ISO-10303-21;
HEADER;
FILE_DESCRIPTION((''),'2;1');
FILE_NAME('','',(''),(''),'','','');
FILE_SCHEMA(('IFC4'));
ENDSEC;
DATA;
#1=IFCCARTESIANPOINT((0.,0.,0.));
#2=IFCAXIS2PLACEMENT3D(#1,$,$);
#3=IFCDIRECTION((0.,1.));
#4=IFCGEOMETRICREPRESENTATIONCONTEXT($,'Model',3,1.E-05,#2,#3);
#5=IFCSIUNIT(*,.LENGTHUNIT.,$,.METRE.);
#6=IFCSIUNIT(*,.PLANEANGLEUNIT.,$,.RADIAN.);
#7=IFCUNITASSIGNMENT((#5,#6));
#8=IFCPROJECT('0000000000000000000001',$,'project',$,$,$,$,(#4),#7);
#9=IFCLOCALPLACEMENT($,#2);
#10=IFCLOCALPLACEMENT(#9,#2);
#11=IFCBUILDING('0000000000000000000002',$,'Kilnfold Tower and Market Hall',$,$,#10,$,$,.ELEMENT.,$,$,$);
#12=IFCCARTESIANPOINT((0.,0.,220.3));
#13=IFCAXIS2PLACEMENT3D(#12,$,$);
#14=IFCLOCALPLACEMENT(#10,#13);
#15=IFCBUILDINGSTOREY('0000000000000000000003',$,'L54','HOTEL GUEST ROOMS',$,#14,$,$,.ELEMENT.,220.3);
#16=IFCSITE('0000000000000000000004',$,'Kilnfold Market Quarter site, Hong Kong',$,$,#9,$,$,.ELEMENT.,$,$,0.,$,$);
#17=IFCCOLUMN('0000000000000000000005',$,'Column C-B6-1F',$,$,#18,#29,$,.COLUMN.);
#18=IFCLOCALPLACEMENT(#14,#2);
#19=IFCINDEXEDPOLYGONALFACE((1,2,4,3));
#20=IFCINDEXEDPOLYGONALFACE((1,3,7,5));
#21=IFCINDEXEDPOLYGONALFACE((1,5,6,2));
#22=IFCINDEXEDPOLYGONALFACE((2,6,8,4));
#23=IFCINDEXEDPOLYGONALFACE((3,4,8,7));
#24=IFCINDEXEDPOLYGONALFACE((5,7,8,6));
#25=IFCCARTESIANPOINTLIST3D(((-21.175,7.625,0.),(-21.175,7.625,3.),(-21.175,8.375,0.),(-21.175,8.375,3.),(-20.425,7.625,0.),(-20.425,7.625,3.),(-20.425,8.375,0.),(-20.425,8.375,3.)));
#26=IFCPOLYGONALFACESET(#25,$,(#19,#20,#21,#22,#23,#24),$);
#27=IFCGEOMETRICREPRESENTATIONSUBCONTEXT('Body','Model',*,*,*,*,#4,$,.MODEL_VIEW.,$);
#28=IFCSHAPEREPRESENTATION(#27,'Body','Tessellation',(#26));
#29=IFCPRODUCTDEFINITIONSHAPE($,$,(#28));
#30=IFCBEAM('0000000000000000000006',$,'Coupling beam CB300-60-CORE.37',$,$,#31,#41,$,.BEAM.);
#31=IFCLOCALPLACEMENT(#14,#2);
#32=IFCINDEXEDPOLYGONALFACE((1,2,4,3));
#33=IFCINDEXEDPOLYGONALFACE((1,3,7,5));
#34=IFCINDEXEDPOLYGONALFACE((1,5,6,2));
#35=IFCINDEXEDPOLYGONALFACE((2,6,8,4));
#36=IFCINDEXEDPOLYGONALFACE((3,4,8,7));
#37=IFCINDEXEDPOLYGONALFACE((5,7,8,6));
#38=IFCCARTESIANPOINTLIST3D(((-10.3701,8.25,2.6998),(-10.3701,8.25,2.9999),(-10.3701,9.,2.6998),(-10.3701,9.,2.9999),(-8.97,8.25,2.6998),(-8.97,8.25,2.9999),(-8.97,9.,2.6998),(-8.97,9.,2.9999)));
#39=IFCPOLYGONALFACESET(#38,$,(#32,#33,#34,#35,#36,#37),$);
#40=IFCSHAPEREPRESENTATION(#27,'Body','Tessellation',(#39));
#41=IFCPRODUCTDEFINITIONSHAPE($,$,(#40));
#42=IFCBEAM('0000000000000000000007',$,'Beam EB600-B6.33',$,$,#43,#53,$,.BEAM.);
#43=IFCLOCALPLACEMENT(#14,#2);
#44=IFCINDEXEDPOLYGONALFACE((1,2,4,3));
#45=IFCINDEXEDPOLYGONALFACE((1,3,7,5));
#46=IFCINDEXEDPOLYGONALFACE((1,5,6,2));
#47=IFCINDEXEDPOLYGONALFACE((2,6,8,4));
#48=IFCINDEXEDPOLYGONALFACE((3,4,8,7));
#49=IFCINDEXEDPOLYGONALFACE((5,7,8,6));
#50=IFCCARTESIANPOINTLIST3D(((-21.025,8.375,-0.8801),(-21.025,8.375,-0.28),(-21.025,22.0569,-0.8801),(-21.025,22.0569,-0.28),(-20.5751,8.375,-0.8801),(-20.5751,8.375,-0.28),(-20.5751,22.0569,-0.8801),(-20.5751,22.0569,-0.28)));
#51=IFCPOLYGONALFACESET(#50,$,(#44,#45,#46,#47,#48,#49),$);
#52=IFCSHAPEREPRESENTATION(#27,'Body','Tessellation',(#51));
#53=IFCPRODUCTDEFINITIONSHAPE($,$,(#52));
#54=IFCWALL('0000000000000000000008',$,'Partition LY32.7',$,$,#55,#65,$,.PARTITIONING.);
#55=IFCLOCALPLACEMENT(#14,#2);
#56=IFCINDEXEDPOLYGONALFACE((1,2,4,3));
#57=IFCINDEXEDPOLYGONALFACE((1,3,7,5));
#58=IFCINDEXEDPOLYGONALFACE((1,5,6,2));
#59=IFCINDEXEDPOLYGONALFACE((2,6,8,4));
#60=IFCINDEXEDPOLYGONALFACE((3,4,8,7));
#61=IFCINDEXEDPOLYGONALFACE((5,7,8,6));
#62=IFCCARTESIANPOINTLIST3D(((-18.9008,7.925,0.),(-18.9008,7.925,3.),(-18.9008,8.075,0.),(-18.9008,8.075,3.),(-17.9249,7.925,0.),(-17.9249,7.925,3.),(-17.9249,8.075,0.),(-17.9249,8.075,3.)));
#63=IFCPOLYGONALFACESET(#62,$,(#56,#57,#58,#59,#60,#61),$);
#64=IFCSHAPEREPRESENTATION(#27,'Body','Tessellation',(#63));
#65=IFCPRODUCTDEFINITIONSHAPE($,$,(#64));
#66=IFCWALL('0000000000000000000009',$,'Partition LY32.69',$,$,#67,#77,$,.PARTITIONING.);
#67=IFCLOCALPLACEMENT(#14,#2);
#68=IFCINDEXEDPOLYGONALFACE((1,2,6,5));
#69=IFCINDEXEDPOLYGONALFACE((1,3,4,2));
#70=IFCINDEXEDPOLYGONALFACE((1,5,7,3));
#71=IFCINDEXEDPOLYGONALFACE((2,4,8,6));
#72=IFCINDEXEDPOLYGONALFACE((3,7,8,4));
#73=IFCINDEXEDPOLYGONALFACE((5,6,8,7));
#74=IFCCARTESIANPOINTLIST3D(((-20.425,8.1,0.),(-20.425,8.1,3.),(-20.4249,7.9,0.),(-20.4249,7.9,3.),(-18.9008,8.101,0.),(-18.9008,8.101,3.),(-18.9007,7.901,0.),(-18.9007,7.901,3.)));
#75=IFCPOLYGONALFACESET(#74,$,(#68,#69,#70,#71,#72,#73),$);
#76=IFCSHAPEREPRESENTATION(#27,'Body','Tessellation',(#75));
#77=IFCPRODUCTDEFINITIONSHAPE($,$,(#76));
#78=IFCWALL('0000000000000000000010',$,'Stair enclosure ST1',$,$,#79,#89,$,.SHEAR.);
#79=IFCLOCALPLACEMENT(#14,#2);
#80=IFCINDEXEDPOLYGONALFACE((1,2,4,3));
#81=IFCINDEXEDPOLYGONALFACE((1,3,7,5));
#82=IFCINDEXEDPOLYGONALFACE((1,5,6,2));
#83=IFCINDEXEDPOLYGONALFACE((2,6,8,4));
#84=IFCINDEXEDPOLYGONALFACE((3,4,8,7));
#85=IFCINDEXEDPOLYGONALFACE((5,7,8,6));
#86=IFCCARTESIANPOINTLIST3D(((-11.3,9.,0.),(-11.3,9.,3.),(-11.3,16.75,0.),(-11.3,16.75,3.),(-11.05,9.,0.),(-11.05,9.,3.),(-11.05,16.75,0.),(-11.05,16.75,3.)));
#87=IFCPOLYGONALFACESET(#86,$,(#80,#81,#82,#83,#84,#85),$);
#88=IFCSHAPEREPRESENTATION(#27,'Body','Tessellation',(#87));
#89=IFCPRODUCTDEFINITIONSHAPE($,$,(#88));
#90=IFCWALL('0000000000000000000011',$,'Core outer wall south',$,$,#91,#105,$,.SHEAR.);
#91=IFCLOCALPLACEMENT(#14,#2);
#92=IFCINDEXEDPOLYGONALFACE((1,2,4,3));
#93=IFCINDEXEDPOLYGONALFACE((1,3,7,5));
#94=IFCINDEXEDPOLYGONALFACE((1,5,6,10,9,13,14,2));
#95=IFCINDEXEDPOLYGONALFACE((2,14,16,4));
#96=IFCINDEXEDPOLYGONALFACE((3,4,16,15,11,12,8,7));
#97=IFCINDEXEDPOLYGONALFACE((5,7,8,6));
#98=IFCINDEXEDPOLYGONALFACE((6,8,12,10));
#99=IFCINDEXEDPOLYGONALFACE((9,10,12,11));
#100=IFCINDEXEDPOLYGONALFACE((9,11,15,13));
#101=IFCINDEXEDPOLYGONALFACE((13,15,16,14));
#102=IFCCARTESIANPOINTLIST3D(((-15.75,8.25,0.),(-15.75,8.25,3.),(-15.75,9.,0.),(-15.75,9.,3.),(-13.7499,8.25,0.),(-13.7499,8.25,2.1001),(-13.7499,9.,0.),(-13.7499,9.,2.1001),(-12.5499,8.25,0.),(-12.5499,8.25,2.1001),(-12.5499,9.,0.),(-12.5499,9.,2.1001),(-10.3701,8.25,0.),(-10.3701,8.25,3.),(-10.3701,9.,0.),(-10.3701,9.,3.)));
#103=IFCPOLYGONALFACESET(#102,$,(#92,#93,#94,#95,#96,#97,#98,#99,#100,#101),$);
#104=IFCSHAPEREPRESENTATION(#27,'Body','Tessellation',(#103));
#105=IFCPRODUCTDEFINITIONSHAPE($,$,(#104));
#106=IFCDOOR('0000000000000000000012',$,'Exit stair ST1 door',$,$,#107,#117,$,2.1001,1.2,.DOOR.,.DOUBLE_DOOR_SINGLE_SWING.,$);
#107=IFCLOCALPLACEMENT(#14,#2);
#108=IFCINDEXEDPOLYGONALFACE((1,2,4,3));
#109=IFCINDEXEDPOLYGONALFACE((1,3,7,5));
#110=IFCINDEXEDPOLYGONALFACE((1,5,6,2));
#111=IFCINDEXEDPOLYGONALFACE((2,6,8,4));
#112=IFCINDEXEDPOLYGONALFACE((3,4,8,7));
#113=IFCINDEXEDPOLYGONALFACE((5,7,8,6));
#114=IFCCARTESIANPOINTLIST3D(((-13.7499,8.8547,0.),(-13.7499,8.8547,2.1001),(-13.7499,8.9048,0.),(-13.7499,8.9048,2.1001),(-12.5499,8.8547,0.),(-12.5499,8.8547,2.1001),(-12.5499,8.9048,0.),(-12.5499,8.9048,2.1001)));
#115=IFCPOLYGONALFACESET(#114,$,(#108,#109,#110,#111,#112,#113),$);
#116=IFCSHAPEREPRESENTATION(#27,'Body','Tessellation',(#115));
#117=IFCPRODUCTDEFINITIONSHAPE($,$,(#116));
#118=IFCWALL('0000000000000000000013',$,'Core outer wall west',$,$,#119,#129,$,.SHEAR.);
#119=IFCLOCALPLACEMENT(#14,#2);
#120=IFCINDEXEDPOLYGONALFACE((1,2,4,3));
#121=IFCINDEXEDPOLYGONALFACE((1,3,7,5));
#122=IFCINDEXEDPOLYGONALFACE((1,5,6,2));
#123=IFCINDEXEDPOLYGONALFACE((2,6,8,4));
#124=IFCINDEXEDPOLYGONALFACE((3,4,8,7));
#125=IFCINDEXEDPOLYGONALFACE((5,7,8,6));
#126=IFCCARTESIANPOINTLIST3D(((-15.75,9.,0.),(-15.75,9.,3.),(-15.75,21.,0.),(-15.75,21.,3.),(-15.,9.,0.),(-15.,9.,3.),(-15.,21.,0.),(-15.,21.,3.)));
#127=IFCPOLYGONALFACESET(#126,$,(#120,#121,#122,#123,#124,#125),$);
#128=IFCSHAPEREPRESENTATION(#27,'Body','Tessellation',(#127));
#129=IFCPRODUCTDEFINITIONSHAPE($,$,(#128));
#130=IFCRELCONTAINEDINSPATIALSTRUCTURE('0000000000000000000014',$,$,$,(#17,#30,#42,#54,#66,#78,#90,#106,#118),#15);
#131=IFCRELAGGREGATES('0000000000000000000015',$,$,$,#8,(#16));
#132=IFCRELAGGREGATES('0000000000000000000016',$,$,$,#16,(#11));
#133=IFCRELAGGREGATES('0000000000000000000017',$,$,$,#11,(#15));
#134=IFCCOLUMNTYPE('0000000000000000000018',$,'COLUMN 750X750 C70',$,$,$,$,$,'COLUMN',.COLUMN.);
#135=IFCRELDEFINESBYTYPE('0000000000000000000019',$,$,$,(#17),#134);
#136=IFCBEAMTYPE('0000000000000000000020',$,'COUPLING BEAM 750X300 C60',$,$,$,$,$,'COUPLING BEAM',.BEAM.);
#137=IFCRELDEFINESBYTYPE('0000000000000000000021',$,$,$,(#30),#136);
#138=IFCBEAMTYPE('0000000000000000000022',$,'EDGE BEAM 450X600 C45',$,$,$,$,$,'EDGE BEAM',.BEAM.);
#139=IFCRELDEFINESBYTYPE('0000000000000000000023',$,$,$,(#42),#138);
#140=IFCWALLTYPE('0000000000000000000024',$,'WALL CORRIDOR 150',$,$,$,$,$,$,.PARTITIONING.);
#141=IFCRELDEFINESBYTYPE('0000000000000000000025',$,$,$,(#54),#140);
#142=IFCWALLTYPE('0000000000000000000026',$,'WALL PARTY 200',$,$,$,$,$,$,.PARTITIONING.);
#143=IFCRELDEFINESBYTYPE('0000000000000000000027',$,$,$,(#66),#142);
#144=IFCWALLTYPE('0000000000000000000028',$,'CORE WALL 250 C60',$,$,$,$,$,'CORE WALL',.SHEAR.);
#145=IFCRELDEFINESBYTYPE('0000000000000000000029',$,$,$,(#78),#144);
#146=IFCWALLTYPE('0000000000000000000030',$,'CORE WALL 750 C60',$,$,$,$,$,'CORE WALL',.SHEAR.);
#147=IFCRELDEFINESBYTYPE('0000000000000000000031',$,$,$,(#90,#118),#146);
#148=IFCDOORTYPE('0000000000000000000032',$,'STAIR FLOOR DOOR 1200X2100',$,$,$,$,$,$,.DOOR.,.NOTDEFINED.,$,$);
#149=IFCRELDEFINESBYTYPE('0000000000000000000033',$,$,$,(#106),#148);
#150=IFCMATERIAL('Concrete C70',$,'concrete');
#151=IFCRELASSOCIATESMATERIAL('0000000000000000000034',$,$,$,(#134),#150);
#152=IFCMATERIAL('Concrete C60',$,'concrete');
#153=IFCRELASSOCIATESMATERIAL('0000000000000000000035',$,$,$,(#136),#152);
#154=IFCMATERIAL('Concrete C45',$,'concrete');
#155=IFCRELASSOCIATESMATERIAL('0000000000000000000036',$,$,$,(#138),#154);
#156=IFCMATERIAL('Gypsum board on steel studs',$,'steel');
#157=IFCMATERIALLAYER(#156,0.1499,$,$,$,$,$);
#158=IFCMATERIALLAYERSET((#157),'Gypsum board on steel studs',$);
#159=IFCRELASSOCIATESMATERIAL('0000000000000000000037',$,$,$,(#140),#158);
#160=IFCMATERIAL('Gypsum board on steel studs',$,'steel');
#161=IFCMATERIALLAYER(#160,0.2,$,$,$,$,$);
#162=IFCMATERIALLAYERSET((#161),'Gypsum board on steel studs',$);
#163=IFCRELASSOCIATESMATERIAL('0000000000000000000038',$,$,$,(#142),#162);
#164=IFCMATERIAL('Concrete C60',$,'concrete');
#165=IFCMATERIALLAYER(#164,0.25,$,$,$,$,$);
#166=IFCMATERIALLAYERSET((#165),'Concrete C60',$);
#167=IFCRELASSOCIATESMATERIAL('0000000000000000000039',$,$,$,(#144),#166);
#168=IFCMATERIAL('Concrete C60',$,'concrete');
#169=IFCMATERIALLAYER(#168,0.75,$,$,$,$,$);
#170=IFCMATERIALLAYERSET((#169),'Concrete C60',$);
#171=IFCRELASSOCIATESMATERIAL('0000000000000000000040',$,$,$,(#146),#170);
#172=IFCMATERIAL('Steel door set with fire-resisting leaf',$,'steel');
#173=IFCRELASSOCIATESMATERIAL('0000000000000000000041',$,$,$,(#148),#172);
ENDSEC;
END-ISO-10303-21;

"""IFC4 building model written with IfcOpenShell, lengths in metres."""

from ifc_helpers import new_model, si_unit, direction, frame, frame_2d, origin, origin_2d, place, context, subcontext, project, spatial, rectangle, extrude, source, transform, mapped, material, layer, layer_set, material_profile, profile_set, type_object, element, fill, save


model = new_model("IFC4")

# Units and contexts
model_context = context("Model", 3, precision=1e-05, world=origin(), true_north=direction((0.0, 1.0)))
body_context = subcontext(model_context, "Body", "Model", "MODEL_VIEW")
ifc_project = project(units=[si_unit("LENGTHUNIT", "METRE"), si_unit("PLANEANGLEUNIT", "RADIAN")], contexts=[model_context])

# Site, building, storey
site_placement = place(None, origin())
site = spatial("IfcSite", under=ifc_project, at=site_placement, Name="Kilnfold Market Quarter site, Hong Kong", CompositionType="ELEMENT", RefElevation=0.0)
building_placement = place(site_placement, origin())
building = spatial("IfcBuilding", under=site, at=building_placement, Name="Kilnfold Tower and Market Hall", CompositionType="ELEMENT")
storey_placement = place(building_placement, frame((0.0, 0.0, 220.3)))
storey = spatial("IfcBuildingStorey", under=building, at=storey_placement, Name="L54", Description="HOTEL GUEST ROOMS", CompositionType="ELEMENT", Elevation=220.3)

# Column
ifc_material_1 = material(Name="Concrete C70", Category="concrete")
ifc_material_profile_1 = material_profile(ifc_material_1, rectangle(XDim=0.75, YDim=0.75, at=origin_2d()), Name="RC 750x750")
ifc_profile_set_1 = profile_set([ifc_material_profile_1], Name="Concrete C70")
column_type = type_object("IfcColumnType", Name="COLUMN 750X750 C70", ElementType="COLUMN", PredefinedType="COLUMN", material=ifc_profile_set_1)
shared_shape_1 = source(origin(), body_context, "Body", "SweptSolid", [
    extrude(rectangle(XDim=0.75, YDim=0.75, at=origin_2d()), origin(), (0.0, 0.0, 1.0), 3.0),
])
column_placement = place(storey_placement, frame((-20.8, 8.0, 0.0), z_axis=(0.0, 0.0, 1.0), x_axis=(1.0, 0.0, 0.0)))
element("IfcColumn", 1, at=column_placement, inside=storey, type_object=column_type, Name="Column C-B6-1F", PredefinedType="COLUMN", context=body_context, shape_type="MappedRepresentation", body=[
    mapped(shared_shape_1, transform((0.0, 0.0, 0.0))),
])

# Beams
ifc_material_2 = material(Name="Concrete C60", Category="concrete")
ifc_material_profile_2 = material_profile(ifc_material_2, rectangle(XDim=0.75, YDim=0.3, at=origin_2d()), Name="RC 750x300")
ifc_profile_set_2 = profile_set([ifc_material_profile_2], Name="Concrete C60")
beam_type_1 = type_object("IfcBeamType", Name="COUPLING BEAM 750X300 C60", ElementType="COUPLING BEAM", PredefinedType="BEAM", material=ifc_profile_set_2)
shared_shape_2 = source(origin(), body_context, "Body", "SweptSolid", [
    extrude(rectangle(XDim=0.75, YDim=0.3, at=origin_2d()), origin(), (0.0, 0.0, 1.0), 1.4001),
])
beam_1_placement = place(storey_placement, frame((-10.3701, 8.625, 2.8499), z_axis=(1.0, 0.0, 0.0), x_axis=(0.0, 1.0, 0.0)))
element("IfcBeam", 2, at=beam_1_placement, inside=storey, type_object=beam_type_1, Name="Coupling beam CB300-60-CORE.37", PredefinedType="BEAM", context=body_context, shape_type="MappedRepresentation", body=[
    mapped(shared_shape_2, transform((0.0, 0.0, 0.0))),
])
ifc_material_3 = material(Name="Concrete C45", Category="concrete")
ifc_material_profile_3 = material_profile(ifc_material_3, rectangle(XDim=0.45, YDim=0.6001, at=origin_2d()), Name="RC 450x600")
ifc_profile_set_3 = profile_set([ifc_material_profile_3], Name="Concrete C45")
beam_type_2 = type_object("IfcBeamType", Name="EDGE BEAM 450X600 C45", ElementType="EDGE BEAM", PredefinedType="BEAM", material=ifc_profile_set_3)
shared_shape_3 = source(origin(), body_context, "Body", "SweptSolid", [
    extrude(rectangle(XDim=0.45, YDim=0.6001, at=origin_2d()), origin(), (0.0, 0.0, 1.0), 13.6819),
])
beam_2_placement = place(storey_placement, frame((-20.8, 8.375, -0.5801), z_axis=(0.0, 1.0, 0.0), x_axis=(-1.0, 0.0, 0.0)))
element("IfcBeam", 3, at=beam_2_placement, inside=storey, type_object=beam_type_2, Name="Beam EB600-B6.33", PredefinedType="BEAM", context=body_context, shape_type="MappedRepresentation", body=[
    mapped(shared_shape_3, transform((0.0, 0.0, 0.0))),
])

# Walls
ifc_material_4 = material(Name="Gypsum board on steel studs", Category="steel")
ifc_layer_1 = layer(ifc_material_4, 0.1499)
ifc_layer_set_1 = layer_set([ifc_layer_1], Name="Gypsum board on steel studs")
wall_type_1 = type_object("IfcWallType", Name="WALL CORRIDOR 150", PredefinedType="PARTITIONING", material=ifc_layer_set_1)
wall_1_placement = place(storey_placement, frame((-17.925, 8.0, 0.0), z_axis=(0.0, 0.0, 1.0), x_axis=(-1.0, 0.0, 0.0)))
element("IfcWall", 4, at=wall_1_placement, inside=storey, type_object=wall_type_1, Name="Partition LY32.7", PredefinedType="PARTITIONING", context=body_context, shape_type="SweptSolid", body=[
    extrude(rectangle(XDim=0.9758, YDim=0.1499, at=frame_2d((0.4878, 0.0))), origin(), (0.0, 0.0, 1.0), 3.0),
])
ifc_material_5 = material(Name="Gypsum board on steel studs", Category="steel")
ifc_layer_2 = layer(ifc_material_5, 0.2)
ifc_layer_set_2 = layer_set([ifc_layer_2], Name="Gypsum board on steel studs")
wall_type_2 = type_object("IfcWallType", Name="WALL PARTY 200", PredefinedType="PARTITIONING", material=ifc_layer_set_2)
wall_2_placement = place(storey_placement, frame((-20.425, 8.0, 0.0), z_axis=(0.0, 0.0, 1.0), x_axis=(1.0, 0.000641, 0.0)))
element("IfcWall", 5, at=wall_2_placement, inside=storey, type_object=wall_type_2, Name="Partition LY32.69", PredefinedType="PARTITIONING", context=body_context, shape_type="SweptSolid", body=[
    extrude(rectangle(XDim=1.5242, YDim=0.2, at=frame_2d((0.7622, 0.0))), origin(), (0.0, 0.0, 1.0), 3.0),
])
ifc_material_6 = material(Name="Concrete C60", Category="concrete")
ifc_layer_3 = layer(ifc_material_6, 0.25)
ifc_layer_set_3 = layer_set([ifc_layer_3], Name="Concrete C60")
wall_type_3 = type_object("IfcWallType", Name="CORE WALL 250 C60", ElementType="CORE WALL", PredefinedType="SHEAR", material=ifc_layer_set_3)
shared_shape_4 = source(origin(), body_context, "Body", "SweptSolid", [
    extrude(rectangle(XDim=7.75, YDim=0.25, at=frame_2d((3.875, 0.0))), origin(), (0.0, 0.0, 1.0), 3.0),
])
wall_3_placement = place(storey_placement, frame((-11.175, 9.0, 0.0), z_axis=(0.0, 0.0, 1.0), x_axis=(0.0, 1.0, 0.0)))
element("IfcWall", 6, at=wall_3_placement, inside=storey, type_object=wall_type_3, Name="Stair enclosure ST1", PredefinedType="SHEAR", context=body_context, shape_type="MappedRepresentation", body=[
    mapped(shared_shape_4, transform((0.0, 0.0, 0.0))),
])

# Wall, opening, door
ifc_material_7 = material(Name="Concrete C60", Category="concrete")
ifc_layer_4 = layer(ifc_material_7, 0.75)
ifc_layer_set_4 = layer_set([ifc_layer_4], Name="Concrete C60")
wall_type_4 = type_object("IfcWallType", Name="CORE WALL 750 C60", ElementType="CORE WALL", PredefinedType="SHEAR", material=ifc_layer_set_4)
shared_shape_5 = source(origin(), body_context, "Body", "SweptSolid", [
    extrude(rectangle(XDim=5.3799, YDim=0.75, at=frame_2d((2.6899, 0.0))), origin(), (0.0, 0.0, 1.0), 3.0),
])
wall_4_placement = place(storey_placement, frame((-15.75, 8.625, 0.0), z_axis=(0.0, 0.0, 1.0), x_axis=(1.0, 0.0, 0.0)))
wall_4 = element("IfcWall", 7, at=wall_4_placement, inside=storey, type_object=wall_type_4, Name="Core outer wall south", PredefinedType="SHEAR", context=body_context, shape_type="MappedRepresentation", body=[
    mapped(shared_shape_5, transform((0.0, 0.0, 0.0))),
])
opening_1_placement = place(wall_4_placement, frame((2.0, 0.0, 0.0)))
opening_1 = element("IfcOpeningElement", 8, at=opening_1_placement, cuts=wall_4, PredefinedType="OPENING", context=body_context, shape_type="SweptSolid", body=[
    extrude(rectangle(XDim=1.2, YDim=2.1001, at=frame_2d((0.6001, 1.05))), frame((0.0, 0.385, 0.0), z_axis=(0.0, -1.0, 0.0), x_axis=(1.0, 0.0, 0.0)), (0.0, 0.0, 1.0), 0.77),
])
ifc_material_8 = material(Name="Steel door set with fire-resisting leaf", Category="steel")
door_type_1 = type_object("IfcDoorType", Name="STAIR FLOOR DOOR 1200X2100", OperationType="NOTDEFINED", PredefinedType="DOOR", material=ifc_material_8)
door_1_placement = place(opening_1_placement, origin())
door_1 = element("IfcDoor", 9, at=door_1_placement, inside=storey, type_object=door_type_1, Name="Exit stair ST1 door", OperationType="DOUBLE_DOOR_SINGLE_SWING", OverallHeight=2.1001, OverallWidth=1.2, PredefinedType="DOOR", context=body_context, shape_type="SweptSolid", body=[
    extrude(rectangle(XDim=1.2, YDim=2.1001, at=frame_2d((0.6001, 1.05))), frame((0.0, 0.2798, 0.0), z_axis=(0.0, -1.0, 0.0), x_axis=(1.0, 0.0, 0.0)), (0.0, 0.0, 1.0), 0.05),
])
fill(opening_1, door_1)

# Wall
shared_shape_6 = source(origin(), body_context, "Body", "SweptSolid", [
    extrude(rectangle(XDim=12.0, YDim=0.75, at=frame_2d((6.0, 0.0))), origin(), (0.0, 0.0, 1.0), 3.0),
])
wall_5_placement = place(storey_placement, frame((-15.375, 9.0, 0.0), z_axis=(0.0, 0.0, 1.0), x_axis=(0.0, 1.0, 0.0)))
element("IfcWall", 10, at=wall_5_placement, inside=storey, type_object=wall_type_4, Name="Core outer wall west", PredefinedType="SHEAR", context=body_context, shape_type="MappedRepresentation", body=[
    mapped(shared_shape_6, transform((0.0, 0.0, 0.0))),
])

save(model, "model.ifc")
